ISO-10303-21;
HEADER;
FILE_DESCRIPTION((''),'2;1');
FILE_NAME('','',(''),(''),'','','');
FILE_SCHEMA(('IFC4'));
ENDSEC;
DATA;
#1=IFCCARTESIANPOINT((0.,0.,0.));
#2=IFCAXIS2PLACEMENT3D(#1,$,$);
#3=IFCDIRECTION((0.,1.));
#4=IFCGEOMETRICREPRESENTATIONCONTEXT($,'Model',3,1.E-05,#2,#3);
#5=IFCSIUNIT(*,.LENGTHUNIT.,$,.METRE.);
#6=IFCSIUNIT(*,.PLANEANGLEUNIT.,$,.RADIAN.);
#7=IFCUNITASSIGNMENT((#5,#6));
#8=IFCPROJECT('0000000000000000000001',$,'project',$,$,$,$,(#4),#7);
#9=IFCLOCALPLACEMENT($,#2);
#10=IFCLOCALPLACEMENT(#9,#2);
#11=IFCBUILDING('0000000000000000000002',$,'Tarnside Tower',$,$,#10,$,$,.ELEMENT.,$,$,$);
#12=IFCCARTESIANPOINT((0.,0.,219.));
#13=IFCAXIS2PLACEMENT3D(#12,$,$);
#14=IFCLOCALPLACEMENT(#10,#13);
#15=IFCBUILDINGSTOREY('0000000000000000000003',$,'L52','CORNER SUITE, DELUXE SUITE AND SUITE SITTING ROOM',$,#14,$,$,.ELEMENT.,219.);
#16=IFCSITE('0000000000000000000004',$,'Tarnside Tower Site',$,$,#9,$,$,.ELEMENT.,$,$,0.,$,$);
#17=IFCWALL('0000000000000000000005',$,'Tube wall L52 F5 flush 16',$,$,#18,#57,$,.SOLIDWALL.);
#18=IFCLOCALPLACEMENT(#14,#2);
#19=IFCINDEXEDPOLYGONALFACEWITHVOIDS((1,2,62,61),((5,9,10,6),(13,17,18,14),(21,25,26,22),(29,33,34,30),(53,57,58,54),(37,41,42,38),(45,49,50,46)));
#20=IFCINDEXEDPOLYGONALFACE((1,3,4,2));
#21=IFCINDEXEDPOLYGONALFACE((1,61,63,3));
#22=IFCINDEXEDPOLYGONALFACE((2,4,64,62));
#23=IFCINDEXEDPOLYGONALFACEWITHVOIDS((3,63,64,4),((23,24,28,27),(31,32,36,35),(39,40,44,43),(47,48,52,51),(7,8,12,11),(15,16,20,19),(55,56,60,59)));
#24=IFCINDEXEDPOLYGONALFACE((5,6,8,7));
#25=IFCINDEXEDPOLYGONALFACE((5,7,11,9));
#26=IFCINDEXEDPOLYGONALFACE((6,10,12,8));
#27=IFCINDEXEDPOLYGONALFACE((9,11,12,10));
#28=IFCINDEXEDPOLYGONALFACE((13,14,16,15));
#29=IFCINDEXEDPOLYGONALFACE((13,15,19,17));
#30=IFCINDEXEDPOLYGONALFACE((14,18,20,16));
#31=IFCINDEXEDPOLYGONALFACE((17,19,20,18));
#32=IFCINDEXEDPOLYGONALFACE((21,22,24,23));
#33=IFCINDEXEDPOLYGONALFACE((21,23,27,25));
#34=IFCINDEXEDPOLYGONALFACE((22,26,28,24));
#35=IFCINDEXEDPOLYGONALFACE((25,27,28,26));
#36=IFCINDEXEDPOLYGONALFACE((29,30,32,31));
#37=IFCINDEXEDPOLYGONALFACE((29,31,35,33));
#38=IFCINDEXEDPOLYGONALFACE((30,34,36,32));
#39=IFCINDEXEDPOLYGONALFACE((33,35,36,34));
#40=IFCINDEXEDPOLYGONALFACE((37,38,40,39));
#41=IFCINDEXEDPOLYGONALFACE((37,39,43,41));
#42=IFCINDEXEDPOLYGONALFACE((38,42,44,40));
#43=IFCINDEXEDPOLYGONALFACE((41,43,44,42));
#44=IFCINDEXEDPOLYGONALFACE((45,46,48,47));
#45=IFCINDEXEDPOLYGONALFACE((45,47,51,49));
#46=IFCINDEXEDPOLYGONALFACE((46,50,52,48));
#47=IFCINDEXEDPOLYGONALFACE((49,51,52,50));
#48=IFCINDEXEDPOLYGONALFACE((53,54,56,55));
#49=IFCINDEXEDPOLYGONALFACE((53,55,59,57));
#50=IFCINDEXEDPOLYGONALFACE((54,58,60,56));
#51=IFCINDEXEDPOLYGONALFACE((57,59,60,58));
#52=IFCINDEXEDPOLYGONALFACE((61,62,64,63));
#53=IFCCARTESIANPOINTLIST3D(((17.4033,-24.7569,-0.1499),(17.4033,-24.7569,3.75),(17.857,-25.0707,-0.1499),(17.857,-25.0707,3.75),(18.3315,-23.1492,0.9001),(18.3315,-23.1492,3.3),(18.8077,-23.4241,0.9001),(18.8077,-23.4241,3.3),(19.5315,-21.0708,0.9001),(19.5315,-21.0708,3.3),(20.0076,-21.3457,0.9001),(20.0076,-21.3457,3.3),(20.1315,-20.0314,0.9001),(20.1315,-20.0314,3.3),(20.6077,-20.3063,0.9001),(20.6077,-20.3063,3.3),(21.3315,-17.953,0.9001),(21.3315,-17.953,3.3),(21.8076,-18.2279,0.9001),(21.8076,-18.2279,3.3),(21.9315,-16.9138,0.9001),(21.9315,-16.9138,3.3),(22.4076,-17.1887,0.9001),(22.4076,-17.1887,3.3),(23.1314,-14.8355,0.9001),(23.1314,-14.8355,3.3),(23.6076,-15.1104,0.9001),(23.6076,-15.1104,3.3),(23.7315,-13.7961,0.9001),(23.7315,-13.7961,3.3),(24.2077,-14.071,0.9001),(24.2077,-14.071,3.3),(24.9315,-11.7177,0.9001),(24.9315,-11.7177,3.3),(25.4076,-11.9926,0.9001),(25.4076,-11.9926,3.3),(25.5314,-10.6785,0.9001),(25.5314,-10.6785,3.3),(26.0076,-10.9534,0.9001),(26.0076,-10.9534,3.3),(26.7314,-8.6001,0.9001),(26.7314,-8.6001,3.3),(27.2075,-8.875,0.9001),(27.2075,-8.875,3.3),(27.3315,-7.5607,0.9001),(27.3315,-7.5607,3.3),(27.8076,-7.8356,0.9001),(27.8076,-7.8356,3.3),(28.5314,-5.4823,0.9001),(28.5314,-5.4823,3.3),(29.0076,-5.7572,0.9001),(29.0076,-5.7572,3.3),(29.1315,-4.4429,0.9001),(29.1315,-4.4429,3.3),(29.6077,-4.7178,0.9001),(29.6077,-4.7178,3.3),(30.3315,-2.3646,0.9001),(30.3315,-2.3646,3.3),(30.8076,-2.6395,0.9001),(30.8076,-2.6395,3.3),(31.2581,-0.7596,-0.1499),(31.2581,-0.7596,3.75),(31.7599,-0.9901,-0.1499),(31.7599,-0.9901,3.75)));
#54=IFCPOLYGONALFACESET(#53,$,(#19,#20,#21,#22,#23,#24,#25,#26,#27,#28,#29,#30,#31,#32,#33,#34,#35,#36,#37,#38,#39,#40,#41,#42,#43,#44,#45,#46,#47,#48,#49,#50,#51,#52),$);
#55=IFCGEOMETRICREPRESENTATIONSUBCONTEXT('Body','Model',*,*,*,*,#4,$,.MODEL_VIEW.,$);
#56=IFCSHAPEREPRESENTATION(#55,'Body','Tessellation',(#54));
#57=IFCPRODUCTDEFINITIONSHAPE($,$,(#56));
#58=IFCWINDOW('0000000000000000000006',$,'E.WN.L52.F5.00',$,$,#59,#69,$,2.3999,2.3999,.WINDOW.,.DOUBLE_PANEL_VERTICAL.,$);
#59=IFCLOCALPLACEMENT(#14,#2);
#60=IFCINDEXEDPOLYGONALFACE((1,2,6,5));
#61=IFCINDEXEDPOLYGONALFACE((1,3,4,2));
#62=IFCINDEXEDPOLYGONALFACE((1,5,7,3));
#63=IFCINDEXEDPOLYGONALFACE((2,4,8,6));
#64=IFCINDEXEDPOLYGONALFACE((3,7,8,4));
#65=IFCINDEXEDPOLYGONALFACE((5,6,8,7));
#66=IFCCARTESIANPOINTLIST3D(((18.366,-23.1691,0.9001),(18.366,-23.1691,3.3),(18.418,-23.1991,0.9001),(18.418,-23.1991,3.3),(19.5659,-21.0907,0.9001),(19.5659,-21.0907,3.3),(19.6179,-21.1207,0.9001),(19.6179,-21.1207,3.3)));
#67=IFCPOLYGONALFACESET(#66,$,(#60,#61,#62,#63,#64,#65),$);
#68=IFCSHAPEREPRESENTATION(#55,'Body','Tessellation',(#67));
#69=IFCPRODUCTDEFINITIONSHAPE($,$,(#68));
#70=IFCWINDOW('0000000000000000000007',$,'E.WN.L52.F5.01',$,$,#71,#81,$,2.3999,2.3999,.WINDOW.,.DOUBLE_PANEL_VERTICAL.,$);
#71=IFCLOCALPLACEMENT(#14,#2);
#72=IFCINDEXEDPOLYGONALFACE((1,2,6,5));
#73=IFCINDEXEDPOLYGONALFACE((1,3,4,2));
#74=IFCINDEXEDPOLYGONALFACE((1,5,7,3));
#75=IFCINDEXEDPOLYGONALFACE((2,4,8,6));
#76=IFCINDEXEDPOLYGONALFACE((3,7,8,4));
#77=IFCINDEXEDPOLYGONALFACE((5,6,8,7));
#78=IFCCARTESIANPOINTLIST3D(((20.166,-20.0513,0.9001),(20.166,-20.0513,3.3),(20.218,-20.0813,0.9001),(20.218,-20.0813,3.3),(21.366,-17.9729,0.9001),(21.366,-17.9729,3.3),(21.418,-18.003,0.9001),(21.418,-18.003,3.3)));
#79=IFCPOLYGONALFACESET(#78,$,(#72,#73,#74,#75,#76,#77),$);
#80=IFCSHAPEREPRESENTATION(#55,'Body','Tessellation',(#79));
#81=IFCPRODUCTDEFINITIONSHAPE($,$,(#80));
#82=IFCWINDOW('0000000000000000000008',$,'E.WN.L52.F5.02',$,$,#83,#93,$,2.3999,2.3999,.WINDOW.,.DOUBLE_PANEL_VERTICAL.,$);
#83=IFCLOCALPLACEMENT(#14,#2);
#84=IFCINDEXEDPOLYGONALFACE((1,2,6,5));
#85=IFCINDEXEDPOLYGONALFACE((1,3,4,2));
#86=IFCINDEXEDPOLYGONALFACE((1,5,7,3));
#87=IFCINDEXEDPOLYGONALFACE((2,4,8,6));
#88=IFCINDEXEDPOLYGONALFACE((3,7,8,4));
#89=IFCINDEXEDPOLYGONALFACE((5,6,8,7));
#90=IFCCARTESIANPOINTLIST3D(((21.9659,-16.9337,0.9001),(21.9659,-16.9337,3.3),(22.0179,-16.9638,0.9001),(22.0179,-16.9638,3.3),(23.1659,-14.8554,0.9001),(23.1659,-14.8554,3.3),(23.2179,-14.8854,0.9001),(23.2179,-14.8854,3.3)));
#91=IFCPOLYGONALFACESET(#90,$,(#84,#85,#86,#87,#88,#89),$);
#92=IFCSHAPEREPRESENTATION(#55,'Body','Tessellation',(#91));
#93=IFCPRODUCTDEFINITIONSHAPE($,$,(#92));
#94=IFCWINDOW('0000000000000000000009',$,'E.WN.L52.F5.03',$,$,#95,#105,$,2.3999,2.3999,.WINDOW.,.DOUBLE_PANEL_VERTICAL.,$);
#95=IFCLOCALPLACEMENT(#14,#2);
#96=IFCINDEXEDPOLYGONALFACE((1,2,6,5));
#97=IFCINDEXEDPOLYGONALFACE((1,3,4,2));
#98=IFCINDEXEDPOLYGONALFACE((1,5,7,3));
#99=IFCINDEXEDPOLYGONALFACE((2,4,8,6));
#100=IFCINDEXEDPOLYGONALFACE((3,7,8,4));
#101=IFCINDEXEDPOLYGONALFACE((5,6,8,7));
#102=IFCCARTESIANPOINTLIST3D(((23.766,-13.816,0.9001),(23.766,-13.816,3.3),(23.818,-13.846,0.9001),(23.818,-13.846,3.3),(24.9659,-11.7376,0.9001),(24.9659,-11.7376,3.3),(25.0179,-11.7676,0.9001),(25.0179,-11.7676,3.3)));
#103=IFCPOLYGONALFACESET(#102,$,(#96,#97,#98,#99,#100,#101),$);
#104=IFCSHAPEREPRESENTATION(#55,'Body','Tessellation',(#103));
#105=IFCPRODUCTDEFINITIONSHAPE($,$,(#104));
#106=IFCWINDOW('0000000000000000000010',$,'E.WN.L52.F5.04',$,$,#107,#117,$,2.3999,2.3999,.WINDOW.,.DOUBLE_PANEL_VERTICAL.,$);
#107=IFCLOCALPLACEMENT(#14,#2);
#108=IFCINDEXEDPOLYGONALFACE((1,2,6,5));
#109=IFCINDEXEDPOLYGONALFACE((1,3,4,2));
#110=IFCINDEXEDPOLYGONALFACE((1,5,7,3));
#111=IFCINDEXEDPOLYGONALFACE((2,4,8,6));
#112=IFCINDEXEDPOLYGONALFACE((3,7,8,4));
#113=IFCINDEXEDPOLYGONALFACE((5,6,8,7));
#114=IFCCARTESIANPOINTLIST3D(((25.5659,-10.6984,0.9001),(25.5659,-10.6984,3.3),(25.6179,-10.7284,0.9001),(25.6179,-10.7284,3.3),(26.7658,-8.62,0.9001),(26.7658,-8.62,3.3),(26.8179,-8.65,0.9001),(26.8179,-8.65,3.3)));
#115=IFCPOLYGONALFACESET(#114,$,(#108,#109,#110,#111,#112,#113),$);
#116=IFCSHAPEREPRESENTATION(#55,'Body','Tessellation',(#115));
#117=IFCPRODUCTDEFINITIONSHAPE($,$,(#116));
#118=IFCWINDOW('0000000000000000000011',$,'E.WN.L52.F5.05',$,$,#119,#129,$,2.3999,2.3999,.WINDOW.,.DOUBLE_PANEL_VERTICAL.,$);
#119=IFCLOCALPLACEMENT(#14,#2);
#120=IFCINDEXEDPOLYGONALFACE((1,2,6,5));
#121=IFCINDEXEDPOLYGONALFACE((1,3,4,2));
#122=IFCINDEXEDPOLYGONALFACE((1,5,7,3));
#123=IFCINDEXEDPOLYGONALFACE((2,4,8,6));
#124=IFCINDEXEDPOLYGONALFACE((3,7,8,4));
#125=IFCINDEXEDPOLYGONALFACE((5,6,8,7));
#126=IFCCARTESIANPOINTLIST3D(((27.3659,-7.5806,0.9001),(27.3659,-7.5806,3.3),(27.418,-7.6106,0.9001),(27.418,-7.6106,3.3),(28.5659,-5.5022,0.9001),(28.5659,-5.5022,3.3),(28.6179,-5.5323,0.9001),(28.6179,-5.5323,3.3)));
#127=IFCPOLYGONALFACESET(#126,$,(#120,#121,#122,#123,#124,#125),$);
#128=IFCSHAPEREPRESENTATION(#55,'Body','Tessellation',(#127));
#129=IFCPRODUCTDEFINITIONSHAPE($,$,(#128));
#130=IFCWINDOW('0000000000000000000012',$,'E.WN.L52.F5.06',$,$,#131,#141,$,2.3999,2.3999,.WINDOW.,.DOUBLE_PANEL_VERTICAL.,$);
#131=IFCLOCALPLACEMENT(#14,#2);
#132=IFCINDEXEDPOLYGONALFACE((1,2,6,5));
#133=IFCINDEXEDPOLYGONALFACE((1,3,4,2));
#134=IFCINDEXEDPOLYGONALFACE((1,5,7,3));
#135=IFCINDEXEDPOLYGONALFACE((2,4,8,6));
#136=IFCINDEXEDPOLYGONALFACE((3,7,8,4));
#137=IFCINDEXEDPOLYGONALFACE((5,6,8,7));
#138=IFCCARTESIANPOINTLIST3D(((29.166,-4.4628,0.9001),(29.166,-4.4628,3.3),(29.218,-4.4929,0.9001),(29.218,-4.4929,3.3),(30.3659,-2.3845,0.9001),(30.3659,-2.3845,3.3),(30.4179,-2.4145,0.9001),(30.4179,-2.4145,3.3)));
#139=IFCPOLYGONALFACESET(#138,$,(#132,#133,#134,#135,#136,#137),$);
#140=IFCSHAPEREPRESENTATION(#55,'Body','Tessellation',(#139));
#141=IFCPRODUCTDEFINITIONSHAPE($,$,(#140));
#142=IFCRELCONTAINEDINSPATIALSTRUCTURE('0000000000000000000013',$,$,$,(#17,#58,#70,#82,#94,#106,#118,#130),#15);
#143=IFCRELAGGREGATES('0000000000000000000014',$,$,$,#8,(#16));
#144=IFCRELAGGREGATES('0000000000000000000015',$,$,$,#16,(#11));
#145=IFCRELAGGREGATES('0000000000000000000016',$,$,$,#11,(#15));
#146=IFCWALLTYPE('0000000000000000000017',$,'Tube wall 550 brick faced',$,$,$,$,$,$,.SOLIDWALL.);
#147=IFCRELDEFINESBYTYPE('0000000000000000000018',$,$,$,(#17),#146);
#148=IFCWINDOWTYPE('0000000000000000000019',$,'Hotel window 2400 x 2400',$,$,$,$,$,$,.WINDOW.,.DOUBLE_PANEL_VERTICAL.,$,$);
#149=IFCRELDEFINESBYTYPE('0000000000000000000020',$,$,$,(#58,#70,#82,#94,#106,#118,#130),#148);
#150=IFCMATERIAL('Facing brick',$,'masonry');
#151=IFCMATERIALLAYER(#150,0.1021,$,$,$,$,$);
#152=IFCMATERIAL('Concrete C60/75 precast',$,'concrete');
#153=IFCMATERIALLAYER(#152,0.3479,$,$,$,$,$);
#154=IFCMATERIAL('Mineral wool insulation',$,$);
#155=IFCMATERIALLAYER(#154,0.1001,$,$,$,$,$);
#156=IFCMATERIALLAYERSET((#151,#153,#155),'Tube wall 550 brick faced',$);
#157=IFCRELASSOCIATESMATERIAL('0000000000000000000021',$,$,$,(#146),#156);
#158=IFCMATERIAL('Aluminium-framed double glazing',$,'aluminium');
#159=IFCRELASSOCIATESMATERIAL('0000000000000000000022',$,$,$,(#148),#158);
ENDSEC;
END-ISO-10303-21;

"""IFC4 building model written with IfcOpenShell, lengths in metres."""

from ifc_helpers import new_model, si_unit, direction, frame, frame_2d, origin, place, context, subcontext, project, spatial, polyline, rectangle, outline, extrude, material, layer, layer_set, type_object, element, fill, save


model = new_model("IFC4")

# Units and contexts
model_context = context("Model", 3, precision=1e-05, world=origin(), true_north=direction((0.0, 1.0)))
body_context = subcontext(model_context, "Body", "Model", "MODEL_VIEW")
ifc_project = project(units=[si_unit("LENGTHUNIT", "METRE"), si_unit("PLANEANGLEUNIT", "RADIAN")], contexts=[model_context])

# Site, building, storey
site_placement = place(None, origin())
site = spatial("IfcSite", under=ifc_project, at=site_placement, Name="Tarnside Tower Site", CompositionType="ELEMENT", RefElevation=0.0)
building_placement = place(site_placement, origin())
building = spatial("IfcBuilding", under=site, at=building_placement, Name="Tarnside Tower", CompositionType="ELEMENT")
storey_placement = place(building_placement, frame((0.0, 0.0, 219.0)))
storey = spatial("IfcBuildingStorey", under=building, at=storey_placement, Name="L52", Description="CORNER SUITE, DELUXE SUITE AND SUITE SITTING ROOM", CompositionType="ELEMENT", Elevation=219.0)

# Shared definitions
ifc_material_1 = material(Name="Facing brick", Category="masonry")
ifc_layer_1 = layer(ifc_material_1, 0.1021)
ifc_material_2 = material(Name="Concrete C60/75 precast", Category="concrete")
ifc_layer_2 = layer(ifc_material_2, 0.3479)
ifc_material_3 = material(Name="Mineral wool insulation")
ifc_layer_3 = layer(ifc_material_3, 0.1001)
ifc_layer_set_1 = layer_set([ifc_layer_1, ifc_layer_2, ifc_layer_3], Name="Tube wall 550 brick faced")
wall_type_1 = type_object("IfcWallType", Name="Tube wall 550 brick faced", PredefinedType="SOLIDWALL", material=ifc_layer_set_1)

# Wall, openings, windows
wall_1_placement = place(storey_placement, frame((17.6301, -24.9138, -0.1499), z_axis=(0.0, 0.0, 1.0), x_axis=(0.499999, 0.866026, 0.0)))
wall_1 = element("IfcWall", 1, at=wall_1_placement, inside=storey, type_object=wall_type_1, Name="Tube wall L52 F5 flush 16", PredefinedType="SOLIDWALL", context=body_context, shape_type="SweptSolid", body=[
    extrude(outline(polyline([(-0.0225, -0.2749), (27.7834, -0.2749), (27.7322, 0.2749), (0.0225, 0.2749), (-0.0225, -0.2749)])), origin(), (0.0, 0.0, 1.0), 3.8999),
])
opening_1_placement = place(wall_1_placement, frame((1.8789, 0.0, 1.05)))
opening_1 = element("IfcOpeningElement", 2, at=opening_1_placement, cuts=wall_1, PredefinedType="OPENING", context=body_context, shape_type="SweptSolid", body=[
    extrude(rectangle(XDim=2.3999, YDim=2.3999, at=frame_2d((1.2, 1.2))), frame((0.0, 0.2852, 0.0), z_axis=(0.0, -1.0, 0.0), x_axis=(1.0, 0.0, 0.0)), (0.0, 0.0, 1.0), 0.5701),
])
opening_2_placement = place(wall_1_placement, frame((5.479, 0.0, 1.05)))
opening_2 = element("IfcOpeningElement", 3, at=opening_2_placement, cuts=wall_1, PredefinedType="OPENING", context=body_context, shape_type="SweptSolid", body=[
    extrude(rectangle(XDim=2.3999, YDim=2.3999, at=frame_2d((1.2, 1.2))), frame((0.0, 0.2852, 0.0), z_axis=(0.0, -1.0, 0.0), x_axis=(1.0, 0.0, 0.0)), (0.0, 0.0, 1.0), 0.5701),
])
opening_3_placement = place(wall_1_placement, frame((9.0789, 0.0, 1.05)))
opening_3 = element("IfcOpeningElement", 4, at=opening_3_placement, cuts=wall_1, PredefinedType="OPENING", context=body_context, shape_type="SweptSolid", body=[
    extrude(rectangle(XDim=2.3999, YDim=2.3999, at=frame_2d((1.2, 1.2))), frame((0.0, 0.2852, 0.0), z_axis=(0.0, -1.0, 0.0), x_axis=(1.0, 0.0, 0.0)), (0.0, 0.0, 1.0), 0.5701),
])
opening_4_placement = place(wall_1_placement, frame((12.679, 0.0, 1.05)))
opening_4 = element("IfcOpeningElement", 5, at=opening_4_placement, cuts=wall_1, PredefinedType="OPENING", context=body_context, shape_type="SweptSolid", body=[
    extrude(rectangle(XDim=2.3999, YDim=2.3999, at=frame_2d((1.2, 1.2))), frame((0.0, 0.2852, 0.0), z_axis=(0.0, -1.0, 0.0), x_axis=(1.0, 0.0, 0.0)), (0.0, 0.0, 1.0), 0.5701),
])
opening_5_placement = place(wall_1_placement, frame((16.2788, 0.0, 1.05)))
opening_5 = element("IfcOpeningElement", 6, at=opening_5_placement, cuts=wall_1, PredefinedType="OPENING", context=body_context, shape_type="SweptSolid", body=[
    extrude(rectangle(XDim=2.3999, YDim=2.3999, at=frame_2d((1.2, 1.2))), frame((0.0, 0.2852, 0.0), z_axis=(0.0, -1.0, 0.0), x_axis=(1.0, 0.0, 0.0)), (0.0, 0.0, 1.0), 0.5701),
])
opening_6_placement = place(wall_1_placement, frame((19.8789, 0.0, 1.05)))
opening_6 = element("IfcOpeningElement", 7, at=opening_6_placement, cuts=wall_1, PredefinedType="OPENING", context=body_context, shape_type="SweptSolid", body=[
    extrude(rectangle(XDim=2.3999, YDim=2.3999, at=frame_2d((1.2, 1.2))), frame((0.0, 0.2852, 0.0), z_axis=(0.0, -1.0, 0.0), x_axis=(1.0, 0.0, 0.0)), (0.0, 0.0, 1.0), 0.5701),
])
opening_7_placement = place(wall_1_placement, frame((23.479, 0.0, 1.05)))
opening_7 = element("IfcOpeningElement", 8, at=opening_7_placement, cuts=wall_1, PredefinedType="OPENING", context=body_context, shape_type="SweptSolid", body=[
    extrude(rectangle(XDim=2.3999, YDim=2.3999, at=frame_2d((1.2, 1.2))), frame((0.0, 0.2852, 0.0), z_axis=(0.0, -1.0, 0.0), x_axis=(1.0, 0.0, 0.0)), (0.0, 0.0, 1.0), 0.5701),
])
ifc_material_4 = material(Name="Aluminium-framed double glazing", Category="aluminium")
window_type = type_object("IfcWindowType", Name="Hotel window 2400 x 2400", PartitioningType="DOUBLE_PANEL_VERTICAL", PredefinedType="WINDOW", material=ifc_material_4)
window_1_placement = place(opening_1_placement, frame((0.0, 0.2051, 0.0)))
window_1 = element("IfcWindow", 9, at=window_1_placement, inside=storey, type_object=window_type, Name="E.WN.L52.F5.00", OverallHeight=2.3999, OverallWidth=2.3999, PartitioningType="DOUBLE_PANEL_VERTICAL", PredefinedType="WINDOW", context=body_context, shape_type="SweptSolid", body=[
    extrude(rectangle(XDim=2.3999, YDim=2.3999, at=frame_2d((1.2, 1.2))), frame((0.0, 0.03, 0.0), z_axis=(0.0, -1.0, 0.0), x_axis=(1.0, 0.0, 0.0)), (0.0, 0.0, 1.0), 0.0601),
])
fill(opening_1, window_1)
window_2_placement = place(opening_2_placement, frame((0.0, 0.2051, 0.0)))
window_2 = element("IfcWindow", 10, at=window_2_placement, inside=storey, type_object=window_type, Name="E.WN.L52.F5.01", OverallHeight=2.3999, OverallWidth=2.3999, PartitioningType="DOUBLE_PANEL_VERTICAL", PredefinedType="WINDOW", context=body_context, shape_type="SweptSolid", body=[
    extrude(rectangle(XDim=2.3999, YDim=2.3999, at=frame_2d((1.2, 1.2))), frame((0.0, 0.03, 0.0), z_axis=(0.0, -1.0, 0.0), x_axis=(1.0, 0.0, 0.0)), (0.0, 0.0, 1.0), 0.0601),
])
fill(opening_2, window_2)
window_3_placement = place(opening_3_placement, frame((0.0, 0.2051, 0.0)))
window_3 = element("IfcWindow", 11, at=window_3_placement, inside=storey, type_object=window_type, Name="E.WN.L52.F5.02", OverallHeight=2.3999, OverallWidth=2.3999, PartitioningType="DOUBLE_PANEL_VERTICAL", PredefinedType="WINDOW", context=body_context, shape_type="SweptSolid", body=[
    extrude(rectangle(XDim=2.3999, YDim=2.3999, at=frame_2d((1.2, 1.2))), frame((0.0, 0.03, 0.0), z_axis=(0.0, -1.0, 0.0), x_axis=(1.0, 0.0, 0.0)), (0.0, 0.0, 1.0), 0.0601),
])
fill(opening_3, window_3)
window_4_placement = place(opening_4_placement, frame((0.0, 0.2051, 0.0)))
window_4 = element("IfcWindow", 12, at=window_4_placement, inside=storey, type_object=window_type, Name="E.WN.L52.F5.03", OverallHeight=2.3999, OverallWidth=2.3999, PartitioningType="DOUBLE_PANEL_VERTICAL", PredefinedType="WINDOW", context=body_context, shape_type="SweptSolid", body=[
    extrude(rectangle(XDim=2.3999, YDim=2.3999, at=frame_2d((1.2, 1.2))), frame((0.0, 0.03, 0.0), z_axis=(0.0, -1.0, 0.0), x_axis=(1.0, 0.0, 0.0)), (0.0, 0.0, 1.0), 0.0601),
])
fill(opening_4, window_4)
window_5_placement = place(opening_5_placement, frame((0.0, 0.2051, 0.0)))
window_5 = element("IfcWindow", 13, at=window_5_placement, inside=storey, type_object=window_type, Name="E.WN.L52.F5.04", OverallHeight=2.3999, OverallWidth=2.3999, PartitioningType="DOUBLE_PANEL_VERTICAL", PredefinedType="WINDOW", context=body_context, shape_type="SweptSolid", body=[
    extrude(rectangle(XDim=2.3999, YDim=2.3999, at=frame_2d((1.2, 1.2))), frame((0.0, 0.03, 0.0), z_axis=(0.0, -1.0, 0.0), x_axis=(1.0, 0.0, 0.0)), (0.0, 0.0, 1.0), 0.0601),
])
fill(opening_5, window_5)
window_6_placement = place(opening_6_placement, frame((0.0, 0.2051, 0.0)))
window_6 = element("IfcWindow", 14, at=window_6_placement, inside=storey, type_object=window_type, Name="E.WN.L52.F5.05", OverallHeight=2.3999, OverallWidth=2.3999, PartitioningType="DOUBLE_PANEL_VERTICAL", PredefinedType="WINDOW", context=body_context, shape_type="SweptSolid", body=[
    extrude(rectangle(XDim=2.3999, YDim=2.3999, at=frame_2d((1.2, 1.2))), frame((0.0, 0.03, 0.0), z_axis=(0.0, -1.0, 0.0), x_axis=(1.0, 0.0, 0.0)), (0.0, 0.0, 1.0), 0.0601),
])
fill(opening_6, window_6)
window_7_placement = place(opening_7_placement, frame((0.0, 0.2051, 0.0)))
window_7 = element("IfcWindow", 15, at=window_7_placement, inside=storey, type_object=window_type, Name="E.WN.L52.F5.06", OverallHeight=2.3999, OverallWidth=2.3999, PartitioningType="DOUBLE_PANEL_VERTICAL", PredefinedType="WINDOW", context=body_context, shape_type="SweptSolid", body=[
    extrude(rectangle(XDim=2.3999, YDim=2.3999, at=frame_2d((1.2, 1.2))), frame((0.0, 0.03, 0.0), z_axis=(0.0, -1.0, 0.0), x_axis=(1.0, 0.0, 0.0)), (0.0, 0.0, 1.0), 0.0601),
])
fill(opening_7, window_7)

save(model, "model.ifc")
